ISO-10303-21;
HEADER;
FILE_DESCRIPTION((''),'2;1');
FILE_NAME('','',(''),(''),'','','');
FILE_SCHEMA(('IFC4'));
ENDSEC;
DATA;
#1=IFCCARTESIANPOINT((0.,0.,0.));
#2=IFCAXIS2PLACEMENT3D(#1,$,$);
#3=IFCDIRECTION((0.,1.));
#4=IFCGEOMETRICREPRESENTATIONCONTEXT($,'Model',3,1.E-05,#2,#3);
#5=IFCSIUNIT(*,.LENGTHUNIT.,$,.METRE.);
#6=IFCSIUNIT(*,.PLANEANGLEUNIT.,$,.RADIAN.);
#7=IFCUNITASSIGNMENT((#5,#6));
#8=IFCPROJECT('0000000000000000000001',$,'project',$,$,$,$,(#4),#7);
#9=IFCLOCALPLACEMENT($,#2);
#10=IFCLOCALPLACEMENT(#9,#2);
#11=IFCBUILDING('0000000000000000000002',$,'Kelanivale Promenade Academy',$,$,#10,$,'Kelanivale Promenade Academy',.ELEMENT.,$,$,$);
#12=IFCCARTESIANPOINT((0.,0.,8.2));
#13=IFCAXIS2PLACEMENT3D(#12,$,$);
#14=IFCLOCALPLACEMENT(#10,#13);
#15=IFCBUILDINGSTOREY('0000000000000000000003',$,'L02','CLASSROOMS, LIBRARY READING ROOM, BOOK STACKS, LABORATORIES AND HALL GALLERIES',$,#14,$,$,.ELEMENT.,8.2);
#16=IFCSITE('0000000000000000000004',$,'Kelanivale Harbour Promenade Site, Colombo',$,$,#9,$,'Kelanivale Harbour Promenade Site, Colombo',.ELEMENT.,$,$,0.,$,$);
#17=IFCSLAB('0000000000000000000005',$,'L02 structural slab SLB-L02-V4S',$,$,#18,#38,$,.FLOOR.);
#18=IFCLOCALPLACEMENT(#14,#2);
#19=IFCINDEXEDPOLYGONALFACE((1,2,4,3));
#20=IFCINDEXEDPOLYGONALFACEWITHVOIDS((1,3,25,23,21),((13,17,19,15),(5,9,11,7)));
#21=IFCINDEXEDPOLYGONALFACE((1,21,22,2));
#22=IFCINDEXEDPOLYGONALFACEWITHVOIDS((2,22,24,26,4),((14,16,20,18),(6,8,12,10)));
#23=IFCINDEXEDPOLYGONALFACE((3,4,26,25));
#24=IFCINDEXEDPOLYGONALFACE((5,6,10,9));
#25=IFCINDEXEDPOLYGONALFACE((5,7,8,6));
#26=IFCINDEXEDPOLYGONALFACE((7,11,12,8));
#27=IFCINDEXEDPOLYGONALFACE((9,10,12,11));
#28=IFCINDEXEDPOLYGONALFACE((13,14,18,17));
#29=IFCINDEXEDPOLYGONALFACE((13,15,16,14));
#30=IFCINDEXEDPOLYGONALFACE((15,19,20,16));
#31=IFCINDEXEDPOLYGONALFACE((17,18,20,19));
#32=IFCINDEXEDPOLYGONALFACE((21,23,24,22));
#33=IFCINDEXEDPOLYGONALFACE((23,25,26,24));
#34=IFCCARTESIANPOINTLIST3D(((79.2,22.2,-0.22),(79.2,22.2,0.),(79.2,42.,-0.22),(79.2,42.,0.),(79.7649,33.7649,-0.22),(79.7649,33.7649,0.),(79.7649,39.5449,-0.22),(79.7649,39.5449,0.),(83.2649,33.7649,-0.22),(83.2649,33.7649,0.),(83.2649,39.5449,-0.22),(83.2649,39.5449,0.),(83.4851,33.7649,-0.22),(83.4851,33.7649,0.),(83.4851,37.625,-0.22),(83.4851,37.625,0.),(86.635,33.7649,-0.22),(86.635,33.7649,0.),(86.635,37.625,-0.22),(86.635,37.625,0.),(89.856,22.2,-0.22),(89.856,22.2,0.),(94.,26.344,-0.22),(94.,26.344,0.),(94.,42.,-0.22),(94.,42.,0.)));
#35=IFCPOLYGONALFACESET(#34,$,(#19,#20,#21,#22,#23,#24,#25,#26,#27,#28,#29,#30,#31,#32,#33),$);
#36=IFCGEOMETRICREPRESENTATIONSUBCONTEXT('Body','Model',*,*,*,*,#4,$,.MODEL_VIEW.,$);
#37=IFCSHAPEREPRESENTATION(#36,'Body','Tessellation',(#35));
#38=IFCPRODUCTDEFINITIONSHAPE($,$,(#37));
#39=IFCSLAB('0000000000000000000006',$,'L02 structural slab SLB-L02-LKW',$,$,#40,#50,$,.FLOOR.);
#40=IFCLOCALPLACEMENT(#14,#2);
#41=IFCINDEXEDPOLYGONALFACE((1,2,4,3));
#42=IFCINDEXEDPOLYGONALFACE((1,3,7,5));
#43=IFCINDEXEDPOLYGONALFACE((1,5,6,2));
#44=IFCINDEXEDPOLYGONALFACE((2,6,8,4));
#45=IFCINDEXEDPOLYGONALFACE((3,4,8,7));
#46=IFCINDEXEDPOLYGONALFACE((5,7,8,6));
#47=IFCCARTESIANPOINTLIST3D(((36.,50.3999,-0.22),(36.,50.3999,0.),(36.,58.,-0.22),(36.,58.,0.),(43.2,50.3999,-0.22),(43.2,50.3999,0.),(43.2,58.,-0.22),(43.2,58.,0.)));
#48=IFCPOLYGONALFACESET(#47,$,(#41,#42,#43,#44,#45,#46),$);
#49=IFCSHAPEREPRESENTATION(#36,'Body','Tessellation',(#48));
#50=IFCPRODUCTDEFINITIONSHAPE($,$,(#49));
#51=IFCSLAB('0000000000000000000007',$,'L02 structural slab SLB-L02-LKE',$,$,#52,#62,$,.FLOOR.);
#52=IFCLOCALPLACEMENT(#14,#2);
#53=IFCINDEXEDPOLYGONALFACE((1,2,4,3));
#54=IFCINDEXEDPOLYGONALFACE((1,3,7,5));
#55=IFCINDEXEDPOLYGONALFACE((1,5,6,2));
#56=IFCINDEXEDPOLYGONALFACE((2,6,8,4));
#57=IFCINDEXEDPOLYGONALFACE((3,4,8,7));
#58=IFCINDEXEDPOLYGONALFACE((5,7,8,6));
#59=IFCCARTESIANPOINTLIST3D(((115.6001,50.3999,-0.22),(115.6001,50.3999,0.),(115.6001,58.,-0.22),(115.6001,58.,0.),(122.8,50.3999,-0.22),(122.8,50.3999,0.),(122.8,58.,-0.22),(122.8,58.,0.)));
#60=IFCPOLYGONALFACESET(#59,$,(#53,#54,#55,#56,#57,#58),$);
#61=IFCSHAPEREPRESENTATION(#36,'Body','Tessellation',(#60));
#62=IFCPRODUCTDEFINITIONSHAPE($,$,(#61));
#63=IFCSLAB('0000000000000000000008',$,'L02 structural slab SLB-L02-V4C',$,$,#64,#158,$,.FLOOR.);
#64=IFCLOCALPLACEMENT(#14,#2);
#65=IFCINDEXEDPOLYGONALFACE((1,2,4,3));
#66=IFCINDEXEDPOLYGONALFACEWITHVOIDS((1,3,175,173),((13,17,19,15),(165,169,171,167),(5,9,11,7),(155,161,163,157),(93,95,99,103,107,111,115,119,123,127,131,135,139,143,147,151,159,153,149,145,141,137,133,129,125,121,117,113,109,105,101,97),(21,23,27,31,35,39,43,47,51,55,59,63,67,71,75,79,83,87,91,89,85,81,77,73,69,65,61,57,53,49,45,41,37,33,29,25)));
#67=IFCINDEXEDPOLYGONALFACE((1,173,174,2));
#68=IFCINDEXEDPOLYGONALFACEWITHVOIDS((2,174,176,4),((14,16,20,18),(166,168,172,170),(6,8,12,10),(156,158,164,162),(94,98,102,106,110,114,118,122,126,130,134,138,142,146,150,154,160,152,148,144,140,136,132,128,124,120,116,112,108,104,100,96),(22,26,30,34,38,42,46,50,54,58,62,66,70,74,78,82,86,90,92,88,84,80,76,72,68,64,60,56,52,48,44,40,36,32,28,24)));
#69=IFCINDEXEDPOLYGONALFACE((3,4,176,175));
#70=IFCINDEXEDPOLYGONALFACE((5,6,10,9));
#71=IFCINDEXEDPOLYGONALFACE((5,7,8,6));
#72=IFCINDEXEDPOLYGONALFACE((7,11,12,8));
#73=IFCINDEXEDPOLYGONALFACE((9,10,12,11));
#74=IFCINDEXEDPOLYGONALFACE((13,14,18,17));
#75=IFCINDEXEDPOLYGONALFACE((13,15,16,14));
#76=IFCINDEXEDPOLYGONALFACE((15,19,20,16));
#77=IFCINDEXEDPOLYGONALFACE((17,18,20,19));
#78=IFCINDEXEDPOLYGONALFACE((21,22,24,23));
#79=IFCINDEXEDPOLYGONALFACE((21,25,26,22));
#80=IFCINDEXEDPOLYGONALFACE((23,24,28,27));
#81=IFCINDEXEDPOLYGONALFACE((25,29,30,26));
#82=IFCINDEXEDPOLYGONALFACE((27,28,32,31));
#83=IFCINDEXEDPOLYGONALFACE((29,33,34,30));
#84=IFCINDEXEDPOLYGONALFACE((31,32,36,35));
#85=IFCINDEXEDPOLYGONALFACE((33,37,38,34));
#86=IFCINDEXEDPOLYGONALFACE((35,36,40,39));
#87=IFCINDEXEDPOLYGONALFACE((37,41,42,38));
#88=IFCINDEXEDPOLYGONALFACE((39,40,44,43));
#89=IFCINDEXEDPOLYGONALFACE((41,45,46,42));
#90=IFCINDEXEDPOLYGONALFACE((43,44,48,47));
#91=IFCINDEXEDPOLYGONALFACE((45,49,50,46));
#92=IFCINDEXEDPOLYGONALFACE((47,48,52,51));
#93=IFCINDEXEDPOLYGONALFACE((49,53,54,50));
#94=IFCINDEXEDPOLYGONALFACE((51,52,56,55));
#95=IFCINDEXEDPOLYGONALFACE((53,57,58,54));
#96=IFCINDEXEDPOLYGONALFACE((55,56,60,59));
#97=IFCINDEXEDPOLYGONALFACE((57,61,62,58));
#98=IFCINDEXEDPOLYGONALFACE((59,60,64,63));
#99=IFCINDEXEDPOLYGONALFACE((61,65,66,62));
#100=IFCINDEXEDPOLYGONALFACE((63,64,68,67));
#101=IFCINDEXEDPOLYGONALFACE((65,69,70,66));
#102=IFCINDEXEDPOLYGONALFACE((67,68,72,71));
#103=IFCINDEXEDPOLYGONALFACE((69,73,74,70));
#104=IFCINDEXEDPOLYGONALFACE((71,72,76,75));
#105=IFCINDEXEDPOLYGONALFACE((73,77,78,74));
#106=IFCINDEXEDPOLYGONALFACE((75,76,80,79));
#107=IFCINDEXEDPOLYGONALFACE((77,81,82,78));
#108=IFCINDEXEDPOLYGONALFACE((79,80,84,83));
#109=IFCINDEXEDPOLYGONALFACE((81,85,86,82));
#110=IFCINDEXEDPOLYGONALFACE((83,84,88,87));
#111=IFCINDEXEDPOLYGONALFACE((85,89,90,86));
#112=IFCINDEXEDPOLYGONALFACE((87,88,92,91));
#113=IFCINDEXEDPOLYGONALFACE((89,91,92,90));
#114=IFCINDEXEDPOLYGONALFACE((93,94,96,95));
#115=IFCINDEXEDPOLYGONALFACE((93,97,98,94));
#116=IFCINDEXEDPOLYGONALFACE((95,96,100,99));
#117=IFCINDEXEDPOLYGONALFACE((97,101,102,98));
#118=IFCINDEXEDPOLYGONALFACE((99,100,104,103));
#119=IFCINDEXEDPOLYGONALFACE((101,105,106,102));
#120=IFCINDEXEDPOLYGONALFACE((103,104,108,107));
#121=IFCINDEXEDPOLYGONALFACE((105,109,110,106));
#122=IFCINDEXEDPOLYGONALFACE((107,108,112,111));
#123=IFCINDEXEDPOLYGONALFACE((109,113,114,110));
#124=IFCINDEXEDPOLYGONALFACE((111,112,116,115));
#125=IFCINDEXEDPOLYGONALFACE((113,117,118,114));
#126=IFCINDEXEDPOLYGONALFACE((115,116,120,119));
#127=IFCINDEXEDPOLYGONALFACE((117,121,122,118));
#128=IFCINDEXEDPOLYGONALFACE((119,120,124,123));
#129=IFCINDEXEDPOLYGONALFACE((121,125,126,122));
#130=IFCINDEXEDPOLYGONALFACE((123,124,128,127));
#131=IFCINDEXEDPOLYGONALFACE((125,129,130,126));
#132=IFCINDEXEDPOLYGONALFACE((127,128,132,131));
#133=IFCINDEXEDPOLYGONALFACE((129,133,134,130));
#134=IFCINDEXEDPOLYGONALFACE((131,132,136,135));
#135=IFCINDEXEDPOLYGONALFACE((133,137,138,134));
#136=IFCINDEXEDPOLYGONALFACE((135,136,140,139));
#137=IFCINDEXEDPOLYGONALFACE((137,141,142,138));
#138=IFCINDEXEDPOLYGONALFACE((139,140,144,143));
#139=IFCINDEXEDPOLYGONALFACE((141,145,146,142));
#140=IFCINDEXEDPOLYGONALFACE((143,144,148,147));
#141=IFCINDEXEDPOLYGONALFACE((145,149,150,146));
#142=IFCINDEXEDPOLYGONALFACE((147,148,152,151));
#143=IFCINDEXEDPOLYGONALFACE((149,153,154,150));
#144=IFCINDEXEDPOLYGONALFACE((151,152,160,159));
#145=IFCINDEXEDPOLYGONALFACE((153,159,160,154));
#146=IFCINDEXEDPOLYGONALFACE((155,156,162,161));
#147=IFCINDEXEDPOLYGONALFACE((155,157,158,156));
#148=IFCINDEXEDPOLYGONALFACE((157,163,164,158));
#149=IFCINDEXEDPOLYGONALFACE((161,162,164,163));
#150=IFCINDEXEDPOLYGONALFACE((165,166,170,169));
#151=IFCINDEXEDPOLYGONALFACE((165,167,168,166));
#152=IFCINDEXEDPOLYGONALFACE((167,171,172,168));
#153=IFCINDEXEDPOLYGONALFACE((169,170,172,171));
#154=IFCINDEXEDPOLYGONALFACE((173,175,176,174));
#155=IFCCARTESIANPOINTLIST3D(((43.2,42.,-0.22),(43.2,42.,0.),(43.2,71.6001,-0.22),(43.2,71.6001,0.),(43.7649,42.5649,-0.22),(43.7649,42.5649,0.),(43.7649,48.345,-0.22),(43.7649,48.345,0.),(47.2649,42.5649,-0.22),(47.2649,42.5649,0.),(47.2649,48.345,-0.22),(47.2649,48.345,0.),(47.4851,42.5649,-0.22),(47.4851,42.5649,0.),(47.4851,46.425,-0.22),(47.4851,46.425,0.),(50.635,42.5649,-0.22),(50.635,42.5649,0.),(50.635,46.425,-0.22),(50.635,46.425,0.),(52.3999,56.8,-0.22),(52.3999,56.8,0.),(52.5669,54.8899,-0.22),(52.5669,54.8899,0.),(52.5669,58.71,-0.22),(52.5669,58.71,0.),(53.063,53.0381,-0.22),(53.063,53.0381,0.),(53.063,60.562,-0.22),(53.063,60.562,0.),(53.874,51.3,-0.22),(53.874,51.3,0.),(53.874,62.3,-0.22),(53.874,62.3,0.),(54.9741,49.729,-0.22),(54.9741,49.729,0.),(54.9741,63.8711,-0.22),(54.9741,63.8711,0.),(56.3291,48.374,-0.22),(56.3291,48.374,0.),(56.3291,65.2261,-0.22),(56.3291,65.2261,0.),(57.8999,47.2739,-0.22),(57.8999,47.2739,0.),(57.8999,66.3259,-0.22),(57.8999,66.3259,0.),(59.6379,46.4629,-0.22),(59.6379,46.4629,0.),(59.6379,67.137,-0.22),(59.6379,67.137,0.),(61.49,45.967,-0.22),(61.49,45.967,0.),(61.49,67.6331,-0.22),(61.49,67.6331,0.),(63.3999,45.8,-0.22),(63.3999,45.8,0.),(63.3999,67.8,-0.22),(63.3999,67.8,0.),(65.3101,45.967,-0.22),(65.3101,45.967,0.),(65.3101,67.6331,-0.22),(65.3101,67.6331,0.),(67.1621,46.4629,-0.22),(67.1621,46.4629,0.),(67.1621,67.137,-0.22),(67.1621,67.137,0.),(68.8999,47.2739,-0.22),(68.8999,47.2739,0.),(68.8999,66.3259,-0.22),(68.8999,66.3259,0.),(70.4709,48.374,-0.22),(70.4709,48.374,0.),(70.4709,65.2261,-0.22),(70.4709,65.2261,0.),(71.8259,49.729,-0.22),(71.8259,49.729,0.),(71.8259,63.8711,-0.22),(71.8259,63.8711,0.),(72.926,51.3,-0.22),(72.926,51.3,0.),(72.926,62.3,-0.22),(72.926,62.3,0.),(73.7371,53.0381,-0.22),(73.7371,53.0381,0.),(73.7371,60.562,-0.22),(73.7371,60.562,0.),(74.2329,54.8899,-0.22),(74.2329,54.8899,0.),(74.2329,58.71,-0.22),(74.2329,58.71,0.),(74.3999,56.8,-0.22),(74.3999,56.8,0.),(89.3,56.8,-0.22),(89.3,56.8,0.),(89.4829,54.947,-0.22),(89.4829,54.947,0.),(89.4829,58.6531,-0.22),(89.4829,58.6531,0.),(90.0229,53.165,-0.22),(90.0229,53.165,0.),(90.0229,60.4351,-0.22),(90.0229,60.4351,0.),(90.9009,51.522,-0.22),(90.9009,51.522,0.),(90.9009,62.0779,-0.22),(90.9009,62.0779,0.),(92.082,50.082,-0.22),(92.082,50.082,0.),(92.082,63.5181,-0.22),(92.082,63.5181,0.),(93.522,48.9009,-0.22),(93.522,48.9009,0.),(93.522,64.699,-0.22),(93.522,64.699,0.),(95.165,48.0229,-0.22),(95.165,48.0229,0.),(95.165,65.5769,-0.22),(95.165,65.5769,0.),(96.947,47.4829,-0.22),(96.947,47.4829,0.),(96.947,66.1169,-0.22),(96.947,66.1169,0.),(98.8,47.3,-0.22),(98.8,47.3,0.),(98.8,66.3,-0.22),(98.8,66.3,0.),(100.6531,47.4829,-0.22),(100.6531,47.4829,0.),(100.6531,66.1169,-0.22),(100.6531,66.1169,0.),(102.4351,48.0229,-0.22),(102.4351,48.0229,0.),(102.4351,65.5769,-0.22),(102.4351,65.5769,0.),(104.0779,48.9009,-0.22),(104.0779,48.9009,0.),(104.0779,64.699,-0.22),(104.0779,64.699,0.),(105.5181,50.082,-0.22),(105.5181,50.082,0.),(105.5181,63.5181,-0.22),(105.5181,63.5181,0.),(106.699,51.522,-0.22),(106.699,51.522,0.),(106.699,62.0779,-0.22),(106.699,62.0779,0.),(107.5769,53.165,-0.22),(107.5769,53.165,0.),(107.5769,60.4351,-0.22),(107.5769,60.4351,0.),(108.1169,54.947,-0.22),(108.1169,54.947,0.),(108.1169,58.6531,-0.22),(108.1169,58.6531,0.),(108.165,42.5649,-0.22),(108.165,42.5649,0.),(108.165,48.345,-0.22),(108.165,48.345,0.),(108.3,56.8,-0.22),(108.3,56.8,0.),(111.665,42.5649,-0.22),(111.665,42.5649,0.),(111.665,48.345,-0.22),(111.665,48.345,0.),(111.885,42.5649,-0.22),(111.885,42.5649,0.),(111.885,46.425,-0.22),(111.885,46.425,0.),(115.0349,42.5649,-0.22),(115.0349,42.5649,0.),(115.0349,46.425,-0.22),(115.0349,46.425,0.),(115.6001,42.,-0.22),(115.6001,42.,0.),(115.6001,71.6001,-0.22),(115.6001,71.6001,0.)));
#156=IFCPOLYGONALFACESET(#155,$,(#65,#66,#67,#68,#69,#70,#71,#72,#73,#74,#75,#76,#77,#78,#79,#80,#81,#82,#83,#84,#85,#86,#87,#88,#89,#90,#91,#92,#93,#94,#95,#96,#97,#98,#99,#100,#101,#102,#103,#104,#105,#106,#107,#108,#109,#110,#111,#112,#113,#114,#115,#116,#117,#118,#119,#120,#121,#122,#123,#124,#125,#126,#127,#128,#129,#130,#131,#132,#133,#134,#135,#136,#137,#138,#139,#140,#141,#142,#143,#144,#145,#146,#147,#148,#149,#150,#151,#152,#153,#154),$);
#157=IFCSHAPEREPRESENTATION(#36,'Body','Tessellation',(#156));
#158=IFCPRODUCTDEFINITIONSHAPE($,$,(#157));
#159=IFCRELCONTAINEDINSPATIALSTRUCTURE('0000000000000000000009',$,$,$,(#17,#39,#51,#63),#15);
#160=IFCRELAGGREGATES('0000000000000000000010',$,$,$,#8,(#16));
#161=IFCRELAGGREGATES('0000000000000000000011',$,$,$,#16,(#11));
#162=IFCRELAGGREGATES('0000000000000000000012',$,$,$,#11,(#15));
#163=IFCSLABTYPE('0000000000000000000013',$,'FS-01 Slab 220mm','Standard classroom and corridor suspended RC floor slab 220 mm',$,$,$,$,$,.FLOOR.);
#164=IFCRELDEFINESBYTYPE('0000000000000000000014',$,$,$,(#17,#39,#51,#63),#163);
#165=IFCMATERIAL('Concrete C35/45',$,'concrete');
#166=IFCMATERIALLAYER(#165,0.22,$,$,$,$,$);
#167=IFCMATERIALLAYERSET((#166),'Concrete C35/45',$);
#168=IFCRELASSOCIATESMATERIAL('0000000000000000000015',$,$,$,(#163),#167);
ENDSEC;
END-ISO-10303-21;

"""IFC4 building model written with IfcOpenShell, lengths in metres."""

from ifc_helpers import new_model, si_unit, direction, frame, origin, place, context, subcontext, project, spatial, polyline, outline, extrude, material, layer, layer_set, type_object, element, save


model = new_model("IFC4")

# Units and contexts
model_context = context("Model", 3, precision=1e-05, world=origin(), true_north=direction((0.0, 1.0)))
body_context = subcontext(model_context, "Body", "Model", "MODEL_VIEW")
ifc_project = project(units=[si_unit("LENGTHUNIT", "METRE"), si_unit("PLANEANGLEUNIT", "RADIAN")], contexts=[model_context])

# Site, building, storey
site_placement = place(None, origin())
site = spatial("IfcSite", under=ifc_project, at=site_placement, Name="Kelanivale Harbour Promenade Site, Colombo", LongName="Kelanivale Harbour Promenade Site, Colombo", CompositionType="ELEMENT", RefElevation=0.0)
building_placement = place(site_placement, origin())
building = spatial("IfcBuilding", under=site, at=building_placement, Name="Kelanivale Promenade Academy", LongName="Kelanivale Promenade Academy", CompositionType="ELEMENT")
storey_placement = place(building_placement, frame((0.0, 0.0, 8.2)))
storey = spatial("IfcBuildingStorey", under=building, at=storey_placement, Name="L02", Description="CLASSROOMS, LIBRARY READING ROOM, BOOK STACKS, LABORATORIES AND HALL GALLERIES", CompositionType="ELEMENT", Elevation=8.2)

# Slabs
ifc_material_1 = material(Name="Concrete C35/45", Category="concrete")
ifc_layer_1 = layer(ifc_material_1, 0.22)
ifc_layer_set_1 = layer_set([ifc_layer_1], Name="Concrete C35/45")
slab_type_1 = type_object("IfcSlabType", Name="FS-01 Slab 220mm", Description="Standard classroom and corridor suspended RC floor slab 220 mm", PredefinedType="FLOOR", material=ifc_layer_set_1)
slab_1_placement = place(storey_placement, frame((0.0, 0.0, -0.22)))
element("IfcSlab", 1, at=slab_1_placement, inside=storey, type_object=slab_type_1, Name="L02 structural slab SLB-L02-V4S", PredefinedType="FLOOR", context=body_context, shape_type="SweptSolid", body=[
    extrude(outline(polyline([(79.2, 42.0), (79.2, 22.2), (89.856, 22.2), (94.0, 26.344), (94.0, 42.0), (79.2, 42.0)]), holes=[polyline([(86.635, 33.7649), (83.4851, 33.7649), (83.4851, 37.625), (86.635, 37.625), (86.635, 33.7649)]), polyline([(83.2649, 39.5449), (83.2649, 33.7649), (79.7649, 33.7649), (79.7649, 39.5449), (83.2649, 39.5449)])]), origin(), (0.0, 0.0, 1.0), 0.22),
])
slab_2_placement = place(storey_placement, frame((0.0, 0.0, -0.22)))
element("IfcSlab", 2, at=slab_2_placement, inside=storey, type_object=slab_type_1, Name="L02 structural slab SLB-L02-LKW", PredefinedType="FLOOR", context=body_context, shape_type="SweptSolid", body=[
    extrude(outline(polyline([(43.2, 50.3999), (43.2, 58.0), (36.0, 58.0), (36.0, 50.3999), (43.2, 50.3999)])), origin(), (0.0, 0.0, 1.0), 0.22),
])
slab_3_placement = place(storey_placement, frame((0.0, 0.0, -0.22)))
element("IfcSlab", 3, at=slab_3_placement, inside=storey, type_object=slab_type_1, Name="L02 structural slab SLB-L02-LKE", PredefinedType="FLOOR", context=body_context, shape_type="SweptSolid", body=[
    extrude(outline(polyline([(122.8, 50.3999), (122.8, 58.0), (115.6001, 58.0), (115.6001, 50.3999), (122.8, 50.3999)])), origin(), (0.0, 0.0, 1.0), 0.22),
])
slab_4_placement = place(storey_placement, frame((0.0, 0.0, -0.22)))
element("IfcSlab", 4, at=slab_4_placement, inside=storey, type_object=slab_type_1, Name="L02 structural slab SLB-L02-V4C", PredefinedType="FLOOR", context=body_context, shape_type="SweptSolid", body=[
    extrude(outline(polyline([(115.6001, 42.0), (115.6001, 71.6001), (43.2, 71.6001), (43.2, 42.0), (115.6001, 42.0)]), holes=[polyline([(115.0349, 42.5649), (111.885, 42.5649), (111.885, 46.425), (115.0349, 46.425), (115.0349, 42.5649)]), polyline([(111.665, 48.345), (111.665, 42.5649), (108.165, 42.5649), (108.165, 48.345), (111.665, 48.345)]), polyline([(95.165, 65.5769), (96.947, 66.1169), (98.8, 66.3), (100.6531, 66.1169), (102.4351, 65.5769), (104.0779, 64.699), (105.5181, 63.5181), (106.699, 62.0779), (107.5769, 60.4351), (108.1169, 58.6531), (108.3, 56.8), (108.1169, 54.947), (107.5769, 53.165), (106.699, 51.522), (105.5181, 50.082), (104.0779, 48.9009), (102.4351, 48.0229), (100.6531, 47.4829), (98.8, 47.3), (96.947, 47.4829), (95.165, 48.0229), (93.522, 48.9009), (92.082, 50.082), (90.9009, 51.522), (90.0229, 53.165), (89.4829, 54.947), (89.3, 56.8), (89.4829, 58.6531), (90.0229, 60.4351), (90.9009, 62.0779), (92.082, 63.5181), (93.522, 64.699), (95.165, 65.5769)]), polyline([(61.49, 67.6331), (63.3999, 67.8), (65.3101, 67.6331), (67.1621, 67.137), (68.8999, 66.3259), (70.4709, 65.2261), (71.8259, 63.8711), (72.926, 62.3), (73.7371, 60.562), (74.2329, 58.71), (74.3999, 56.8), (74.2329, 54.8899), (73.7371, 53.0381), (72.926, 51.3), (71.8259, 49.729), (70.4709, 48.374), (68.8999, 47.2739), (67.1621, 46.4629), (65.3101, 45.967), (63.3999, 45.8), (61.49, 45.967), (59.6379, 46.4629), (57.8999, 47.2739), (56.3291, 48.374), (54.9741, 49.729), (53.874, 51.3), (53.063, 53.0381), (52.5669, 54.8899), (52.3999, 56.8), (52.5669, 58.71), (53.063, 60.562), (53.874, 62.3), (54.9741, 63.8711), (56.3291, 65.2261), (57.8999, 66.3259), (59.6379, 67.137), (61.49, 67.6331)]), polyline([(47.4851, 46.425), (50.635, 46.425), (50.635, 42.5649), (47.4851, 42.5649), (47.4851, 46.425)]), polyline([(43.7649, 42.5649), (43.7649, 48.345), (47.2649, 48.345), (47.2649, 42.5649), (43.7649, 42.5649)])]), origin(), (0.0, 0.0, 1.0), 0.22),
])

save(model, "model.ifc")
